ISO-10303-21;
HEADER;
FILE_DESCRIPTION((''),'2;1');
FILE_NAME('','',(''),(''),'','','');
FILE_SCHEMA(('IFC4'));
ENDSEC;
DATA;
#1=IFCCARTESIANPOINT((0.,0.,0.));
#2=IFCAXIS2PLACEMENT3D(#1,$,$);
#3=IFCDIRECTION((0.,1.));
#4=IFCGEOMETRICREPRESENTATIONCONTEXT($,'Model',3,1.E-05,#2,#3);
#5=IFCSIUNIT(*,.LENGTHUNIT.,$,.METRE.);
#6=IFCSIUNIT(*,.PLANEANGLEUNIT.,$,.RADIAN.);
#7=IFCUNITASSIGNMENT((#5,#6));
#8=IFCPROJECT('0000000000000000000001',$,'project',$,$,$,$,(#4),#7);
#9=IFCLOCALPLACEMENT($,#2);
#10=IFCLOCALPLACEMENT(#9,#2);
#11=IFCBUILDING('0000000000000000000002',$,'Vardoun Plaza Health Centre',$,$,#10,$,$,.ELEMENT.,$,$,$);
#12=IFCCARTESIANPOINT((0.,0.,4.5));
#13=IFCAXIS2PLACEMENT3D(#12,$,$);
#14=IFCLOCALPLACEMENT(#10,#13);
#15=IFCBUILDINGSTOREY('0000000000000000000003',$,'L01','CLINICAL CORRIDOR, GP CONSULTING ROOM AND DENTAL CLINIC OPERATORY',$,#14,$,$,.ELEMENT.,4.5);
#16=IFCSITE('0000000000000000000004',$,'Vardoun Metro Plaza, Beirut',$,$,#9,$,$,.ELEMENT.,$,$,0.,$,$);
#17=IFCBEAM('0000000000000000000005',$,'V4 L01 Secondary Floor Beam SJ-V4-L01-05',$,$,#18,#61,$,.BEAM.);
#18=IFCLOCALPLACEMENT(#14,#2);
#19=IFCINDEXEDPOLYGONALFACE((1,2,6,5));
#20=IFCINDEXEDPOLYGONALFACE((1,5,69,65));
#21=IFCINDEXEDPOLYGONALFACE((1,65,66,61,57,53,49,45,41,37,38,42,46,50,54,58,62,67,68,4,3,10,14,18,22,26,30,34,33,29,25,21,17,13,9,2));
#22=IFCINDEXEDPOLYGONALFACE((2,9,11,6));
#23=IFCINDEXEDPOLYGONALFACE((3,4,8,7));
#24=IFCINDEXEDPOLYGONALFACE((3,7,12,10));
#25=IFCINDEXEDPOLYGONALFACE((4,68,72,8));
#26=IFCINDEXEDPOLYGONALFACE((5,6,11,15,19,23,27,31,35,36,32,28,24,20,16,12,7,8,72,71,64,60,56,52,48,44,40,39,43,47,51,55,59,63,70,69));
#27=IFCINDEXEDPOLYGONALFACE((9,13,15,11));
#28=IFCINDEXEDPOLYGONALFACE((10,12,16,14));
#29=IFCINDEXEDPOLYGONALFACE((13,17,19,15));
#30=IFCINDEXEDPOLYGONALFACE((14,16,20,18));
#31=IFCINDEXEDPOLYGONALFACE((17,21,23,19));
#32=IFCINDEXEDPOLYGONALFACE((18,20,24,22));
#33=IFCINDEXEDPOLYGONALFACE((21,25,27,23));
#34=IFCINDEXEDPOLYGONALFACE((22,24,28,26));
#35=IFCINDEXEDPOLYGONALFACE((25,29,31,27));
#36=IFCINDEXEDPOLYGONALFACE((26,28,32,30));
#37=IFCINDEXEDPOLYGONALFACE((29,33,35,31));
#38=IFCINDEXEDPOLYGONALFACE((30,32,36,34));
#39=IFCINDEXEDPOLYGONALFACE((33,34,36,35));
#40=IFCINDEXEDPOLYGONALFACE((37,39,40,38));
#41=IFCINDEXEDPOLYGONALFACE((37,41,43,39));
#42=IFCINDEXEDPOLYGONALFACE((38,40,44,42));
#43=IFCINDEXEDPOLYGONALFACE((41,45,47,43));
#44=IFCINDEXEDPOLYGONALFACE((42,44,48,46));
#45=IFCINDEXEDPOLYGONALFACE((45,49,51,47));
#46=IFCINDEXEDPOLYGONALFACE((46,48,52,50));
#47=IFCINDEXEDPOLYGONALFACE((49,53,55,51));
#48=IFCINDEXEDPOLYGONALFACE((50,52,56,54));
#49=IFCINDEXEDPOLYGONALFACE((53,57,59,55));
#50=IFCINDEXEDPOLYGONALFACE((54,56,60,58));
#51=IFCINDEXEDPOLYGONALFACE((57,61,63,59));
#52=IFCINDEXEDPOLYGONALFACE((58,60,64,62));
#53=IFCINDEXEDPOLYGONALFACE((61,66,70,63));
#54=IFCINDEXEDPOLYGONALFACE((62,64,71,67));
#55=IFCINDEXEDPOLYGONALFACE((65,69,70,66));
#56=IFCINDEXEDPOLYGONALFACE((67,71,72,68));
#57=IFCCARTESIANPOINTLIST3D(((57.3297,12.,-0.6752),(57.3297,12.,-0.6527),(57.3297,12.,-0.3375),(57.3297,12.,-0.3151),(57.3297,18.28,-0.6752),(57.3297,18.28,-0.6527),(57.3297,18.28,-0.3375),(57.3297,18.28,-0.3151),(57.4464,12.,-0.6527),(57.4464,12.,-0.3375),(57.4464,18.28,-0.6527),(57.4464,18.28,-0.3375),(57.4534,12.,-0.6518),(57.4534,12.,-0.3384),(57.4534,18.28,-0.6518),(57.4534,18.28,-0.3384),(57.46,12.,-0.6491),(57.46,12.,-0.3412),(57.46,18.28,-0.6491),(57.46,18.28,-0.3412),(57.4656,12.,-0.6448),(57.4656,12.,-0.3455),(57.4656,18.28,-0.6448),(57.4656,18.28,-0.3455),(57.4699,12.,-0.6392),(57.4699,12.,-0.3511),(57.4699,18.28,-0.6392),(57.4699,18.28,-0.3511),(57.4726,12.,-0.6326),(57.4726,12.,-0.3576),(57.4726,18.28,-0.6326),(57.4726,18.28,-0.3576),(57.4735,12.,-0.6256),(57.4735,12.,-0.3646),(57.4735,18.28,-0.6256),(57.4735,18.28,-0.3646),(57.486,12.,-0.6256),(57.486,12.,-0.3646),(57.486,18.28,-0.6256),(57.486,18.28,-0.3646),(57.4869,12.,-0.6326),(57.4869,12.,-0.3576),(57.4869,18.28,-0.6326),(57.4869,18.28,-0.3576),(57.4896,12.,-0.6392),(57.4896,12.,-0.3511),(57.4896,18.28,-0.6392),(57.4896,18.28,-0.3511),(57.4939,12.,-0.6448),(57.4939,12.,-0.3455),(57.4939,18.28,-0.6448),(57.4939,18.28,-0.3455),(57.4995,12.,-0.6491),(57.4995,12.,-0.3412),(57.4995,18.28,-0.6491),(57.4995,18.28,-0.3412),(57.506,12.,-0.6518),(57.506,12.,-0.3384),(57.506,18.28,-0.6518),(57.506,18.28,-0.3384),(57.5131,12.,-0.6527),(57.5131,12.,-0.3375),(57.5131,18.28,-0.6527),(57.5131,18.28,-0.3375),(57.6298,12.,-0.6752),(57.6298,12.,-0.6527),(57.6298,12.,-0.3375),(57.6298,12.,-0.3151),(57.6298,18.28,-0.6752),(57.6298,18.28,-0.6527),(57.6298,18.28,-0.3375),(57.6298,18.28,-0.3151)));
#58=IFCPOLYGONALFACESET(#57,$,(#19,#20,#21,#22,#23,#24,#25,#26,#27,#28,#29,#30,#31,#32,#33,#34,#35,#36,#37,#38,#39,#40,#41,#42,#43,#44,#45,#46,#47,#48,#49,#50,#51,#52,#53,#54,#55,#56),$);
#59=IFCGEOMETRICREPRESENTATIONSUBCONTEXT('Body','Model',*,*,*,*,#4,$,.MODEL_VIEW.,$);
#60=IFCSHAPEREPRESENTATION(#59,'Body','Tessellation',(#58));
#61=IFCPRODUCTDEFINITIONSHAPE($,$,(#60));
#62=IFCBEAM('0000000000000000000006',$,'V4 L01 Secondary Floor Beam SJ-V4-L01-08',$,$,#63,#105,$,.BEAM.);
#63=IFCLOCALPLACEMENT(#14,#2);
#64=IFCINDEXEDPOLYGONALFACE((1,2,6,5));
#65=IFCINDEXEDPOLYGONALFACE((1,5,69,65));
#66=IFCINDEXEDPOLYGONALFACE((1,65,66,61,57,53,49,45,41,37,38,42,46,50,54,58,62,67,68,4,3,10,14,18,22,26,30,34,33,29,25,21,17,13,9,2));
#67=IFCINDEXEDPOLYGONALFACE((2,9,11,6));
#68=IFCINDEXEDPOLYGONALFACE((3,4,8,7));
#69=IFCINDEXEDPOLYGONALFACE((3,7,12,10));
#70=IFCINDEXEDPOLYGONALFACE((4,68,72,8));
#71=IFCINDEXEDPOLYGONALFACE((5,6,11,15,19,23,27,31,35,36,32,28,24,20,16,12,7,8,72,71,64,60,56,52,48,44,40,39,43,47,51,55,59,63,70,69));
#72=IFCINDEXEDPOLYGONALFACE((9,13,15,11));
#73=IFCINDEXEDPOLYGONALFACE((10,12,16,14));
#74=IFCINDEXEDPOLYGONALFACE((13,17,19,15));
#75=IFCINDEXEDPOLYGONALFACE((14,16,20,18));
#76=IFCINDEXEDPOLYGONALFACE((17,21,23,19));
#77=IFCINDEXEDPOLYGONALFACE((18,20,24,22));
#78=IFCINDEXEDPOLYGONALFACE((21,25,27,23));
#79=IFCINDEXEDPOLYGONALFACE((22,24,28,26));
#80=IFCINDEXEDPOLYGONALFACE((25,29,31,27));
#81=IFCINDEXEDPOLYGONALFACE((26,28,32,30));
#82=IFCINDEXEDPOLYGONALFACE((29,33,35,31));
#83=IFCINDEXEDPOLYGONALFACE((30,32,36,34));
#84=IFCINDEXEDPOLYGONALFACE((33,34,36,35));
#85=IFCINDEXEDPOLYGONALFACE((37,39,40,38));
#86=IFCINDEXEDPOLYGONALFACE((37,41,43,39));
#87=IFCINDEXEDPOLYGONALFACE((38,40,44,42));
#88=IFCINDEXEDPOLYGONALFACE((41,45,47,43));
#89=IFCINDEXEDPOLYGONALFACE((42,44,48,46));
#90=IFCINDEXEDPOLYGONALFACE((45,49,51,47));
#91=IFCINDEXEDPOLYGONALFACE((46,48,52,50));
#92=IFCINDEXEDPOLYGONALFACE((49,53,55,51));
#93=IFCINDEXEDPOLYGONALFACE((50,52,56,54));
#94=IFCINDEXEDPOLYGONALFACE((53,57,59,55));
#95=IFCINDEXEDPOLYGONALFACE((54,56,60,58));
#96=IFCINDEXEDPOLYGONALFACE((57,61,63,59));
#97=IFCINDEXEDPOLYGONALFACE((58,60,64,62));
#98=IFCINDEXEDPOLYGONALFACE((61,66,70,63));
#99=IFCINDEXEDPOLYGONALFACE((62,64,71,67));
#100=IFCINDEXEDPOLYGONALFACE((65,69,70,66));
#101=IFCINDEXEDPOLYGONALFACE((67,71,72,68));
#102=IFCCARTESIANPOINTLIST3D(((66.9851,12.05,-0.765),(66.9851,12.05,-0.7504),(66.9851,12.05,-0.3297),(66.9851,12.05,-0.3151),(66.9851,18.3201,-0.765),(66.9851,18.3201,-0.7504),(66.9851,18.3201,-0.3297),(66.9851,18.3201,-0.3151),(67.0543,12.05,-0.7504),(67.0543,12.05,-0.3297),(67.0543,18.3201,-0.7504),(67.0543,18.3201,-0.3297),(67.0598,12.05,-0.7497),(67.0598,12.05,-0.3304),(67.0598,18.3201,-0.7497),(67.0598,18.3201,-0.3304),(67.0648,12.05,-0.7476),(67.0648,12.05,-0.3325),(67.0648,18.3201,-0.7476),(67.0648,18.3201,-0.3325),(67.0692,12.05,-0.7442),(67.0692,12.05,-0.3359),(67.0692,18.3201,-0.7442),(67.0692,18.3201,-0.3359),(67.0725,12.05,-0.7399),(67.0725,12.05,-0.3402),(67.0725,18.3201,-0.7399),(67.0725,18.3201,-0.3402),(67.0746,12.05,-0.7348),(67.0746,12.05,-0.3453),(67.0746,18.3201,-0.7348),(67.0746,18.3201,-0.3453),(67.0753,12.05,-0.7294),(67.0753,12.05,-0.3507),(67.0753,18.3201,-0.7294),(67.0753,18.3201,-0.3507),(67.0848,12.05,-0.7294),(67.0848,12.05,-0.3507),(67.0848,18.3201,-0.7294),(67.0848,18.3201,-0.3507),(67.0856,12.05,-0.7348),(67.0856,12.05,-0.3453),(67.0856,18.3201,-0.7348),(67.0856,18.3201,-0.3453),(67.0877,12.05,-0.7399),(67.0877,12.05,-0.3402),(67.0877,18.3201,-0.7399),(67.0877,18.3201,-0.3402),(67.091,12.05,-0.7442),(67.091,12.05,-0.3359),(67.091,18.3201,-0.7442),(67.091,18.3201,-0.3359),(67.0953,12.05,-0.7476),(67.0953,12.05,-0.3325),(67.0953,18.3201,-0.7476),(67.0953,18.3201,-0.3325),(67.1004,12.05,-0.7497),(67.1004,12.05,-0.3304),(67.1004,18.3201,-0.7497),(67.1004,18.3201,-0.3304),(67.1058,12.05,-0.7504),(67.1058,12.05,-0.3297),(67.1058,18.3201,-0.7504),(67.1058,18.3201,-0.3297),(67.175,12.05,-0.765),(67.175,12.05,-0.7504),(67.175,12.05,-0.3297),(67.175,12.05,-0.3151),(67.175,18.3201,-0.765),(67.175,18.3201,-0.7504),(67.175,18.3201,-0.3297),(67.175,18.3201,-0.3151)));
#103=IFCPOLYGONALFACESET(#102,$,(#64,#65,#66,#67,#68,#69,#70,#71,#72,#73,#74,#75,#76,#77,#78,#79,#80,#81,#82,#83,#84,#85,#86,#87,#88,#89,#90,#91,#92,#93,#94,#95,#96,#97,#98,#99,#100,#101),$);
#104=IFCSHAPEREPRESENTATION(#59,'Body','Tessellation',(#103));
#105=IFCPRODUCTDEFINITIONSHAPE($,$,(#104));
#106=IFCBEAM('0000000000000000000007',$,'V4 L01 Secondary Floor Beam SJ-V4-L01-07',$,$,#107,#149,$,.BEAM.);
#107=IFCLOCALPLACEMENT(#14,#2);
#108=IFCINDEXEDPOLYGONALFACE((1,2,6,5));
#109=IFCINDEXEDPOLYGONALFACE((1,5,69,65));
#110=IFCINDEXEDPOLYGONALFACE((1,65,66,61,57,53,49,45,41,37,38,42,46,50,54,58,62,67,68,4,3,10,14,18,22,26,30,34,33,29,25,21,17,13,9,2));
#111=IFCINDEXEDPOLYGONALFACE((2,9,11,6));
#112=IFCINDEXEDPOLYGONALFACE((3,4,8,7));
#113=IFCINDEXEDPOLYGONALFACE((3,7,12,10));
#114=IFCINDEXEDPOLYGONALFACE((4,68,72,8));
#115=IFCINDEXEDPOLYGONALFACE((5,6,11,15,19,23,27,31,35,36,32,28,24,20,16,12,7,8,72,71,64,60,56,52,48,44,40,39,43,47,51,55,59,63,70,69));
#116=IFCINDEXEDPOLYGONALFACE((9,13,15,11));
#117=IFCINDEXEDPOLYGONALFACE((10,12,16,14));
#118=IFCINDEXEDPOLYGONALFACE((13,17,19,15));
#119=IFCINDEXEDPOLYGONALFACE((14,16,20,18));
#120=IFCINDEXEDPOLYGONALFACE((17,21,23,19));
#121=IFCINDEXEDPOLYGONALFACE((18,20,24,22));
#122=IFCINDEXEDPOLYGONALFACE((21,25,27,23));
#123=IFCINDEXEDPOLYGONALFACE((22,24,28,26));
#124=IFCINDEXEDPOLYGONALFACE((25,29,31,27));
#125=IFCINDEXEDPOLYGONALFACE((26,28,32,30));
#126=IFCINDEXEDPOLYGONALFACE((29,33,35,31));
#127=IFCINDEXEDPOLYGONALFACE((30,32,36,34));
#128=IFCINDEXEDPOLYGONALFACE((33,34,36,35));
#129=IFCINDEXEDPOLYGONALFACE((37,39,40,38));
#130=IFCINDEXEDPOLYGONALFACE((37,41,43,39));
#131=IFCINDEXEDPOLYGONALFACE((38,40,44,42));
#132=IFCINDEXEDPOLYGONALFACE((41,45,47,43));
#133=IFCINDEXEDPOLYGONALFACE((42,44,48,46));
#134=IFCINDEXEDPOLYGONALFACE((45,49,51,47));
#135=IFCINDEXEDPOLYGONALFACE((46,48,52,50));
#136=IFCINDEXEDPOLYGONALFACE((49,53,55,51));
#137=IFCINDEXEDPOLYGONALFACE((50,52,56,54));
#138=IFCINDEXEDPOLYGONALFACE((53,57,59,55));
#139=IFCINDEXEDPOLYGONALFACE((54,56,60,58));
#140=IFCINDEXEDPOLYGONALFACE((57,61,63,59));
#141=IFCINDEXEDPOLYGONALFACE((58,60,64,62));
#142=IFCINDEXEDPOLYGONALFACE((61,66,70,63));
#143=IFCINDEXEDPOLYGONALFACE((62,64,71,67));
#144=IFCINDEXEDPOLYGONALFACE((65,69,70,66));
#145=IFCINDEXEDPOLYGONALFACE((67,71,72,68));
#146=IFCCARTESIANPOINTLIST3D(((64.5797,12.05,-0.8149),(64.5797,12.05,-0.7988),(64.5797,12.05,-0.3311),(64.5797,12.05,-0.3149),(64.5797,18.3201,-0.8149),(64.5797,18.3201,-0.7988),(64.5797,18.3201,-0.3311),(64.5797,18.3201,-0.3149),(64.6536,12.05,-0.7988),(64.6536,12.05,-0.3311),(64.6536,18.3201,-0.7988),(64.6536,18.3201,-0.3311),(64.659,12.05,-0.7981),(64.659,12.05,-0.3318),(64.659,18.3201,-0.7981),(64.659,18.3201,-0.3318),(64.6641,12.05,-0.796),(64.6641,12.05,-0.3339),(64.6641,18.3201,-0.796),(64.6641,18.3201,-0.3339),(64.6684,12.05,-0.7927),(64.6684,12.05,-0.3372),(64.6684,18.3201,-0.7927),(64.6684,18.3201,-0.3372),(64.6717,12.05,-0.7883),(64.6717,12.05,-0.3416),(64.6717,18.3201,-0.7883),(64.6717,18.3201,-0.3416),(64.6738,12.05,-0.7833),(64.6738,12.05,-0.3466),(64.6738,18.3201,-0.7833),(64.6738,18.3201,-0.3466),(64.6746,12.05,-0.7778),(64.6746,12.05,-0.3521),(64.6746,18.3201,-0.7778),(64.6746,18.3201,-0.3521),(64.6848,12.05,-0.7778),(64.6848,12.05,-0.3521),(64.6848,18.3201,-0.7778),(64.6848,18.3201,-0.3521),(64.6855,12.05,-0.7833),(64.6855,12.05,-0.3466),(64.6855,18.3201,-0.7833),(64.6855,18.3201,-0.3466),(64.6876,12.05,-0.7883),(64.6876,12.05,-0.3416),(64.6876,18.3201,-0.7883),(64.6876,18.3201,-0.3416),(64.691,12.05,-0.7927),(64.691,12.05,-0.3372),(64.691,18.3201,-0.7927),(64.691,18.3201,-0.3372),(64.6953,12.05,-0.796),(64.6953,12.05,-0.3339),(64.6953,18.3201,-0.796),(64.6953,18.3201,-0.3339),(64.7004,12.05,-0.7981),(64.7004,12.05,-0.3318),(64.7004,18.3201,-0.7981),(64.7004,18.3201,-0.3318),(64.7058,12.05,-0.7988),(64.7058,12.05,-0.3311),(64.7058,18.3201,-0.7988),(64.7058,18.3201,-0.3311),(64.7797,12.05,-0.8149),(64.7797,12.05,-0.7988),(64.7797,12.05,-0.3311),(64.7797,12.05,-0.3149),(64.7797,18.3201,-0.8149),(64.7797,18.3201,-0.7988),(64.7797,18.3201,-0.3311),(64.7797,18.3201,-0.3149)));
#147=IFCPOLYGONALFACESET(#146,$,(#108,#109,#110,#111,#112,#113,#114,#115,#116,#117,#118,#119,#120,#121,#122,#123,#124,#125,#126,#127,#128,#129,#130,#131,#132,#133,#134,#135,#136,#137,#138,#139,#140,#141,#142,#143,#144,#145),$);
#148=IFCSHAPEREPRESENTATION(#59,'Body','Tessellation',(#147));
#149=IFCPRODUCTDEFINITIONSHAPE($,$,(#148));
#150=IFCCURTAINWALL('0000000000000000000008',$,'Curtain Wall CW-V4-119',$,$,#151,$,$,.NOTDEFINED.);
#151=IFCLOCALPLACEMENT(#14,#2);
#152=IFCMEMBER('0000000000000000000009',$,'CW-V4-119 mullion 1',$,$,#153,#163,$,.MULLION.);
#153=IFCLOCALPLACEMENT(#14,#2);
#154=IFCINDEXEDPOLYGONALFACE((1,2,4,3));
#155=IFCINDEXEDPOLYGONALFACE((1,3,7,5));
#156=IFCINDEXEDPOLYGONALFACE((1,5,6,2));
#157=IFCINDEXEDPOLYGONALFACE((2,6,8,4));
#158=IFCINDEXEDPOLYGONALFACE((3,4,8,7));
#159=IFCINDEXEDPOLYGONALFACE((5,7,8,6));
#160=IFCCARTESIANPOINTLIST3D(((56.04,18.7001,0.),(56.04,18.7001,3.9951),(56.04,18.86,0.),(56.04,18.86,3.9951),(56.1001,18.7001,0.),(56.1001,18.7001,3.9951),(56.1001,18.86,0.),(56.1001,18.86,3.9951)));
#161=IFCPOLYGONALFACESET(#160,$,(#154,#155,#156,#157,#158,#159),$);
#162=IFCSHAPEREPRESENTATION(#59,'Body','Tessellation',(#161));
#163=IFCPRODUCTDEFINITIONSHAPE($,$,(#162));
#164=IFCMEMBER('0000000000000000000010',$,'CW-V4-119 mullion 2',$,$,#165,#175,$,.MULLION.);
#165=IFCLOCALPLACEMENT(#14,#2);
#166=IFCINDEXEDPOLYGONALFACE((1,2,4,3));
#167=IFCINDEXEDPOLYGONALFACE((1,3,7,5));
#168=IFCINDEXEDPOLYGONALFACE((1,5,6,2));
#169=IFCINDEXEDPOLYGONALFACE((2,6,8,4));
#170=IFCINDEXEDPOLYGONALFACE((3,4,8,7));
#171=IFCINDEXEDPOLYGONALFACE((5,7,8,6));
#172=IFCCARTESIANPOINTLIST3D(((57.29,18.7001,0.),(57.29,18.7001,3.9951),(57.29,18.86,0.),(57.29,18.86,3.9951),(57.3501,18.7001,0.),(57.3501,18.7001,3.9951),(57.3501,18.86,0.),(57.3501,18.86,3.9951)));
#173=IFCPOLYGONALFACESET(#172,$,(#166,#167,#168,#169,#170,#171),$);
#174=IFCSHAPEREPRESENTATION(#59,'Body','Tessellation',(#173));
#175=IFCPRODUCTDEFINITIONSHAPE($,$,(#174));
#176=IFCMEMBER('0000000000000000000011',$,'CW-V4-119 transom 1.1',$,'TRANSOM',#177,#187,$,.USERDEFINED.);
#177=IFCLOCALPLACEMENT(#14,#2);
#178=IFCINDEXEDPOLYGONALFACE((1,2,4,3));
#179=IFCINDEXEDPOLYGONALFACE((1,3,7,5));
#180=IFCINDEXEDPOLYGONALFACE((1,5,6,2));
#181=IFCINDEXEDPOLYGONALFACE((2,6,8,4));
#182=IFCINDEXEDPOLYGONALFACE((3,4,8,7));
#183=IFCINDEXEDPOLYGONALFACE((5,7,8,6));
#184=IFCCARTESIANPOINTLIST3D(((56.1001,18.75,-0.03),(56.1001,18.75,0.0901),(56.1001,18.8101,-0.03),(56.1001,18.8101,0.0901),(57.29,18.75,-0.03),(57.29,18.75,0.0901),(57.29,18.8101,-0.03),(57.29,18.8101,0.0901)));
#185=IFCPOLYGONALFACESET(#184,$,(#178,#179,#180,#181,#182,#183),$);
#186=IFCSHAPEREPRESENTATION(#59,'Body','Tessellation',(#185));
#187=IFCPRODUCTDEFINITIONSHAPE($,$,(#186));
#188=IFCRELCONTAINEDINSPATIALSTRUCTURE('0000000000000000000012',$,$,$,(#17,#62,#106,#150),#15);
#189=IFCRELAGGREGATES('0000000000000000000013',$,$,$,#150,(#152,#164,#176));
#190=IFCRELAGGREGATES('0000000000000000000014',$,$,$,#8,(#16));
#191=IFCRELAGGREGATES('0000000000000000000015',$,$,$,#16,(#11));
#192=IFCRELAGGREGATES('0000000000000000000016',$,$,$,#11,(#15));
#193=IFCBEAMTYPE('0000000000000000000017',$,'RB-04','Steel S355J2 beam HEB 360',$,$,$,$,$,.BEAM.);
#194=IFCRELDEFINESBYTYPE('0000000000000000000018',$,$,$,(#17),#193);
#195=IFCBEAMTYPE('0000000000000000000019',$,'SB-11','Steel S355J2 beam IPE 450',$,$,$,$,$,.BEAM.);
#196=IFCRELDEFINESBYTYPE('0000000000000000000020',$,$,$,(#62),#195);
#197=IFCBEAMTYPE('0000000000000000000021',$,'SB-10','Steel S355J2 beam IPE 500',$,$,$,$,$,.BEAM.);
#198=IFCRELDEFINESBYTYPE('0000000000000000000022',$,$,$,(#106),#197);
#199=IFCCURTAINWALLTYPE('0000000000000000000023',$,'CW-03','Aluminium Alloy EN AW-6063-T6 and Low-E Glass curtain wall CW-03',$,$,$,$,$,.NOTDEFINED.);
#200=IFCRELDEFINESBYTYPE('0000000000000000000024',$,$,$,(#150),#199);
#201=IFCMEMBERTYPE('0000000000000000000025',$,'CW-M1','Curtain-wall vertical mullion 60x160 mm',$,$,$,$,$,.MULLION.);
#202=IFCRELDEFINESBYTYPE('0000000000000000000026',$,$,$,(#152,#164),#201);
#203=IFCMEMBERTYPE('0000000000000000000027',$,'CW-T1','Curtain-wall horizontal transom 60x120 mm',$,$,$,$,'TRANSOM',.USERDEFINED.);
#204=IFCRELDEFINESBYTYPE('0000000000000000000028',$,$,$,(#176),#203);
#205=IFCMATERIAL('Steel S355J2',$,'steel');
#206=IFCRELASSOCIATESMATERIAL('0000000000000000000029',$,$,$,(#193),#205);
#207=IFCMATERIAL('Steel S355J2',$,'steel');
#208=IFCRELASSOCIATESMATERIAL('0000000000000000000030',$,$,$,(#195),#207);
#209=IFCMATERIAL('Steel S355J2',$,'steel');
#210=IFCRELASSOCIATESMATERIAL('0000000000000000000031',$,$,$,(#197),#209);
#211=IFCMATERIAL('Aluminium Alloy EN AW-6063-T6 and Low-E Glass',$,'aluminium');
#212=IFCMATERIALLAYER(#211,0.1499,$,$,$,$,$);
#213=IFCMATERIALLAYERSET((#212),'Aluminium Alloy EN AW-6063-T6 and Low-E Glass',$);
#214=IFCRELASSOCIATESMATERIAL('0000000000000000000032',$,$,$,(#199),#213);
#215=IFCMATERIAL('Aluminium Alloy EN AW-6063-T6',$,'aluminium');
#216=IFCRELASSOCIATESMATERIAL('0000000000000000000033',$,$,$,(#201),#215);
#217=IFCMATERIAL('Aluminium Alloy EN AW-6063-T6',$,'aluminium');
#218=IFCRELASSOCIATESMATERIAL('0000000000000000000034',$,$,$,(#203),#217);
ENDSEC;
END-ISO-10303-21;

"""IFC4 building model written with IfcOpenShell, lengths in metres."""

from ifc_helpers import new_model, si_unit, direction, frame, origin, origin_2d, place, context, subcontext, project, spatial, rectangle, i_section, extrude, material, layer, layer_set, material_profile, profile_set, type_object, element, aggregate, save


model = new_model("IFC4")

# Units and contexts
model_context = context("Model", 3, precision=1e-05, world=origin(), true_north=direction((0.0, 1.0)))
body_context = subcontext(model_context, "Body", "Model", "MODEL_VIEW")
ifc_project = project(units=[si_unit("LENGTHUNIT", "METRE"), si_unit("PLANEANGLEUNIT", "RADIAN")], contexts=[model_context])

# Site, building, storey
site_placement = place(None, origin())
site = spatial("IfcSite", under=ifc_project, at=site_placement, Name="Vardoun Metro Plaza, Beirut", CompositionType="ELEMENT", RefElevation=0.0)
building_placement = place(site_placement, origin())
building = spatial("IfcBuilding", under=site, at=building_placement, Name="Vardoun Plaza Health Centre", CompositionType="ELEMENT")
storey_placement = place(building_placement, frame((0.0, 0.0, 4.5)))
storey = spatial("IfcBuildingStorey", under=building, at=storey_placement, Name="L01", Description="CLINICAL CORRIDOR, GP CONSULTING ROOM AND DENTAL CLINIC OPERATORY", CompositionType="ELEMENT", Elevation=4.5)

# Beams
ifc_material_1 = material(Name="Steel S355J2", Category="steel")
ifc_material_profile_1 = material_profile(ifc_material_1, i_section(OverallWidth=0.3, OverallDepth=0.3601, WebThickness=0.0125, FlangeThickness=0.0225, FilletRadius=0.0271, at=origin_2d()), Name="HEB 360")
ifc_profile_set_1 = profile_set([ifc_material_profile_1], Name="Steel S355J2")
beam_type_1 = type_object("IfcBeamType", Name="RB-04", Description="Steel S355J2 beam HEB 360", PredefinedType="BEAM", material=ifc_profile_set_1)
beam_1_placement = place(storey_placement, frame((57.4797, 12.0, -0.4951), z_axis=(0.0, 1.0, 0.0), x_axis=(-1.0, 0.0, 0.0)))
element("IfcBeam", 1, at=beam_1_placement, inside=storey, type_object=beam_type_1, Name="V4 L01 Secondary Floor Beam SJ-V4-L01-05", PredefinedType="BEAM", context=body_context, shape_type="SweptSolid", body=[
    extrude(i_section(OverallWidth=0.3, OverallDepth=0.3601, WebThickness=0.0125, FlangeThickness=0.0225, FilletRadius=0.0271, at=origin_2d()), origin(), (0.0, 0.0, 1.0), 6.28),
])
ifc_material_2 = material(Name="Steel S355J2", Category="steel")
ifc_material_profile_2 = material_profile(ifc_material_2, i_section(OverallWidth=0.1899, OverallDepth=0.45, WebThickness=0.0095, FlangeThickness=0.0146, FilletRadius=0.021, at=origin_2d()), Name="IPE 450")
ifc_profile_set_2 = profile_set([ifc_material_profile_2], Name="Steel S355J2")
beam_type_2 = type_object("IfcBeamType", Name="SB-11", Description="Steel S355J2 beam IPE 450", PredefinedType="BEAM", material=ifc_profile_set_2)
beam_2_placement = place(storey_placement, frame((67.0801, 12.05, -0.54), z_axis=(0.0, 1.0, 0.0), x_axis=(-1.0, 0.0, 0.0)))
element("IfcBeam", 2, at=beam_2_placement, inside=storey, type_object=beam_type_2, Name="V4 L01 Secondary Floor Beam SJ-V4-L01-08", PredefinedType="BEAM", context=body_context, shape_type="SweptSolid", body=[
    extrude(i_section(OverallWidth=0.1899, OverallDepth=0.45, WebThickness=0.0095, FlangeThickness=0.0146, FilletRadius=0.021, at=origin_2d()), origin(), (0.0, 0.0, 1.0), 6.27),
])
ifc_material_3 = material(Name="Steel S355J2", Category="steel")
ifc_material_profile_3 = material_profile(ifc_material_3, i_section(OverallWidth=0.2, OverallDepth=0.5, WebThickness=0.0103, FlangeThickness=0.0161, FilletRadius=0.021, at=origin_2d()), Name="IPE 500")
ifc_profile_set_3 = profile_set([ifc_material_profile_3], Name="Steel S355J2")
beam_type_3 = type_object("IfcBeamType", Name="SB-10", Description="Steel S355J2 beam IPE 500", PredefinedType="BEAM", material=ifc_profile_set_3)
beam_3_placement = place(storey_placement, frame((64.6797, 12.05, -0.5649), z_axis=(0.0, 1.0, 0.0), x_axis=(-1.0, 0.0, 0.0)))
element("IfcBeam", 3, at=beam_3_placement, inside=storey, type_object=beam_type_3, Name="V4 L01 Secondary Floor Beam SJ-V4-L01-07", PredefinedType="BEAM", context=body_context, shape_type="SweptSolid", body=[
    extrude(i_section(OverallWidth=0.2, OverallDepth=0.5, WebThickness=0.0103, FlangeThickness=0.0161, FilletRadius=0.021, at=origin_2d()), origin(), (0.0, 0.0, 1.0), 6.27),
])

# Curtain wall, members
ifc_material_4 = material(Name="Aluminium Alloy EN AW-6063-T6 and Low-E Glass", Category="aluminium")
ifc_layer_1 = layer(ifc_material_4, 0.1499)
ifc_layer_set_1 = layer_set([ifc_layer_1], Name="Aluminium Alloy EN AW-6063-T6 and Low-E Glass")
curtain_wall_type = type_object("IfcCurtainWallType", Name="CW-03", Description="Aluminium Alloy EN AW-6063-T6 and Low-E Glass curtain wall CW-03", PredefinedType="NOTDEFINED", material=ifc_layer_set_1)
curtain_wall_placement = place(storey_placement, origin())
curtain_wall = element("IfcCurtainWall", 4, at=curtain_wall_placement, inside=storey, type_object=curtain_wall_type, Name="Curtain Wall CW-V4-119", PredefinedType="NOTDEFINED")
ifc_material_5 = material(Name="Aluminium Alloy EN AW-6063-T6", Category="aluminium")
ifc_material_profile_4 = material_profile(ifc_material_5, rectangle(XDim=0.1599, YDim=0.0601, at=origin_2d()), Name="CWM 60x160")
ifc_profile_set_4 = profile_set([ifc_material_profile_4], Name="Aluminium Alloy EN AW-6063-T6")
member_type_1 = type_object("IfcMemberType", Name="CW-M1", Description="Curtain-wall vertical mullion 60x160 mm", PredefinedType="MULLION", material=ifc_profile_set_4)
member_1_placement = place(storey_placement, frame((56.0701, 18.78, 0.0), z_axis=(0.0, 0.0, 1.0), x_axis=(0.0, 1.0, 0.0)))
member_1 = element("IfcMember", 5, at=member_1_placement, type_object=member_type_1, Name="CW-V4-119 mullion 1", PredefinedType="MULLION", context=body_context, shape_type="SweptSolid", body=[
    extrude(rectangle(XDim=0.1599, YDim=0.0601, at=origin_2d()), origin(), (0.0, 0.0, 1.0), 3.9951),
])
member_2_placement = place(storey_placement, frame((57.3201, 18.78, 0.0), z_axis=(0.0, 0.0, 1.0), x_axis=(0.0, 1.0, 0.0)))
member_2 = element("IfcMember", 6, at=member_2_placement, type_object=member_type_1, Name="CW-V4-119 mullion 2", PredefinedType="MULLION", context=body_context, shape_type="SweptSolid", body=[
    extrude(rectangle(XDim=0.1599, YDim=0.0601, at=origin_2d()), origin(), (0.0, 0.0, 1.0), 3.9951),
])
ifc_material_6 = material(Name="Aluminium Alloy EN AW-6063-T6", Category="aluminium")
ifc_material_profile_5 = material_profile(ifc_material_6, rectangle(XDim=0.0601, YDim=0.1201, at=origin_2d()), Name="CWT 60x120")
ifc_profile_set_5 = profile_set([ifc_material_profile_5], Name="Aluminium Alloy EN AW-6063-T6")
member_type_2 = type_object("IfcMemberType", Name="CW-T1", Description="Curtain-wall horizontal transom 60x120 mm", ElementType="TRANSOM", PredefinedType="USERDEFINED", material=ifc_profile_set_5)
member_3_placement = place(storey_placement, frame((56.1001, 18.78, 0.03), z_axis=(1.0, 0.0, 0.0), x_axis=(0.0, 1.0, 0.0)))
member_3 = element("IfcMember", 7, at=member_3_placement, type_object=member_type_2, Name="CW-V4-119 transom 1.1", ObjectType="TRANSOM", PredefinedType="USERDEFINED", context=body_context, shape_type="SweptSolid", body=[
    extrude(rectangle(XDim=0.0601, YDim=0.1201, at=origin_2d()), origin(), (0.0, 0.0, 1.0), 1.1899),
])
aggregate(curtain_wall, [member_1, member_2, member_3])

save(model, "model.ifc")
